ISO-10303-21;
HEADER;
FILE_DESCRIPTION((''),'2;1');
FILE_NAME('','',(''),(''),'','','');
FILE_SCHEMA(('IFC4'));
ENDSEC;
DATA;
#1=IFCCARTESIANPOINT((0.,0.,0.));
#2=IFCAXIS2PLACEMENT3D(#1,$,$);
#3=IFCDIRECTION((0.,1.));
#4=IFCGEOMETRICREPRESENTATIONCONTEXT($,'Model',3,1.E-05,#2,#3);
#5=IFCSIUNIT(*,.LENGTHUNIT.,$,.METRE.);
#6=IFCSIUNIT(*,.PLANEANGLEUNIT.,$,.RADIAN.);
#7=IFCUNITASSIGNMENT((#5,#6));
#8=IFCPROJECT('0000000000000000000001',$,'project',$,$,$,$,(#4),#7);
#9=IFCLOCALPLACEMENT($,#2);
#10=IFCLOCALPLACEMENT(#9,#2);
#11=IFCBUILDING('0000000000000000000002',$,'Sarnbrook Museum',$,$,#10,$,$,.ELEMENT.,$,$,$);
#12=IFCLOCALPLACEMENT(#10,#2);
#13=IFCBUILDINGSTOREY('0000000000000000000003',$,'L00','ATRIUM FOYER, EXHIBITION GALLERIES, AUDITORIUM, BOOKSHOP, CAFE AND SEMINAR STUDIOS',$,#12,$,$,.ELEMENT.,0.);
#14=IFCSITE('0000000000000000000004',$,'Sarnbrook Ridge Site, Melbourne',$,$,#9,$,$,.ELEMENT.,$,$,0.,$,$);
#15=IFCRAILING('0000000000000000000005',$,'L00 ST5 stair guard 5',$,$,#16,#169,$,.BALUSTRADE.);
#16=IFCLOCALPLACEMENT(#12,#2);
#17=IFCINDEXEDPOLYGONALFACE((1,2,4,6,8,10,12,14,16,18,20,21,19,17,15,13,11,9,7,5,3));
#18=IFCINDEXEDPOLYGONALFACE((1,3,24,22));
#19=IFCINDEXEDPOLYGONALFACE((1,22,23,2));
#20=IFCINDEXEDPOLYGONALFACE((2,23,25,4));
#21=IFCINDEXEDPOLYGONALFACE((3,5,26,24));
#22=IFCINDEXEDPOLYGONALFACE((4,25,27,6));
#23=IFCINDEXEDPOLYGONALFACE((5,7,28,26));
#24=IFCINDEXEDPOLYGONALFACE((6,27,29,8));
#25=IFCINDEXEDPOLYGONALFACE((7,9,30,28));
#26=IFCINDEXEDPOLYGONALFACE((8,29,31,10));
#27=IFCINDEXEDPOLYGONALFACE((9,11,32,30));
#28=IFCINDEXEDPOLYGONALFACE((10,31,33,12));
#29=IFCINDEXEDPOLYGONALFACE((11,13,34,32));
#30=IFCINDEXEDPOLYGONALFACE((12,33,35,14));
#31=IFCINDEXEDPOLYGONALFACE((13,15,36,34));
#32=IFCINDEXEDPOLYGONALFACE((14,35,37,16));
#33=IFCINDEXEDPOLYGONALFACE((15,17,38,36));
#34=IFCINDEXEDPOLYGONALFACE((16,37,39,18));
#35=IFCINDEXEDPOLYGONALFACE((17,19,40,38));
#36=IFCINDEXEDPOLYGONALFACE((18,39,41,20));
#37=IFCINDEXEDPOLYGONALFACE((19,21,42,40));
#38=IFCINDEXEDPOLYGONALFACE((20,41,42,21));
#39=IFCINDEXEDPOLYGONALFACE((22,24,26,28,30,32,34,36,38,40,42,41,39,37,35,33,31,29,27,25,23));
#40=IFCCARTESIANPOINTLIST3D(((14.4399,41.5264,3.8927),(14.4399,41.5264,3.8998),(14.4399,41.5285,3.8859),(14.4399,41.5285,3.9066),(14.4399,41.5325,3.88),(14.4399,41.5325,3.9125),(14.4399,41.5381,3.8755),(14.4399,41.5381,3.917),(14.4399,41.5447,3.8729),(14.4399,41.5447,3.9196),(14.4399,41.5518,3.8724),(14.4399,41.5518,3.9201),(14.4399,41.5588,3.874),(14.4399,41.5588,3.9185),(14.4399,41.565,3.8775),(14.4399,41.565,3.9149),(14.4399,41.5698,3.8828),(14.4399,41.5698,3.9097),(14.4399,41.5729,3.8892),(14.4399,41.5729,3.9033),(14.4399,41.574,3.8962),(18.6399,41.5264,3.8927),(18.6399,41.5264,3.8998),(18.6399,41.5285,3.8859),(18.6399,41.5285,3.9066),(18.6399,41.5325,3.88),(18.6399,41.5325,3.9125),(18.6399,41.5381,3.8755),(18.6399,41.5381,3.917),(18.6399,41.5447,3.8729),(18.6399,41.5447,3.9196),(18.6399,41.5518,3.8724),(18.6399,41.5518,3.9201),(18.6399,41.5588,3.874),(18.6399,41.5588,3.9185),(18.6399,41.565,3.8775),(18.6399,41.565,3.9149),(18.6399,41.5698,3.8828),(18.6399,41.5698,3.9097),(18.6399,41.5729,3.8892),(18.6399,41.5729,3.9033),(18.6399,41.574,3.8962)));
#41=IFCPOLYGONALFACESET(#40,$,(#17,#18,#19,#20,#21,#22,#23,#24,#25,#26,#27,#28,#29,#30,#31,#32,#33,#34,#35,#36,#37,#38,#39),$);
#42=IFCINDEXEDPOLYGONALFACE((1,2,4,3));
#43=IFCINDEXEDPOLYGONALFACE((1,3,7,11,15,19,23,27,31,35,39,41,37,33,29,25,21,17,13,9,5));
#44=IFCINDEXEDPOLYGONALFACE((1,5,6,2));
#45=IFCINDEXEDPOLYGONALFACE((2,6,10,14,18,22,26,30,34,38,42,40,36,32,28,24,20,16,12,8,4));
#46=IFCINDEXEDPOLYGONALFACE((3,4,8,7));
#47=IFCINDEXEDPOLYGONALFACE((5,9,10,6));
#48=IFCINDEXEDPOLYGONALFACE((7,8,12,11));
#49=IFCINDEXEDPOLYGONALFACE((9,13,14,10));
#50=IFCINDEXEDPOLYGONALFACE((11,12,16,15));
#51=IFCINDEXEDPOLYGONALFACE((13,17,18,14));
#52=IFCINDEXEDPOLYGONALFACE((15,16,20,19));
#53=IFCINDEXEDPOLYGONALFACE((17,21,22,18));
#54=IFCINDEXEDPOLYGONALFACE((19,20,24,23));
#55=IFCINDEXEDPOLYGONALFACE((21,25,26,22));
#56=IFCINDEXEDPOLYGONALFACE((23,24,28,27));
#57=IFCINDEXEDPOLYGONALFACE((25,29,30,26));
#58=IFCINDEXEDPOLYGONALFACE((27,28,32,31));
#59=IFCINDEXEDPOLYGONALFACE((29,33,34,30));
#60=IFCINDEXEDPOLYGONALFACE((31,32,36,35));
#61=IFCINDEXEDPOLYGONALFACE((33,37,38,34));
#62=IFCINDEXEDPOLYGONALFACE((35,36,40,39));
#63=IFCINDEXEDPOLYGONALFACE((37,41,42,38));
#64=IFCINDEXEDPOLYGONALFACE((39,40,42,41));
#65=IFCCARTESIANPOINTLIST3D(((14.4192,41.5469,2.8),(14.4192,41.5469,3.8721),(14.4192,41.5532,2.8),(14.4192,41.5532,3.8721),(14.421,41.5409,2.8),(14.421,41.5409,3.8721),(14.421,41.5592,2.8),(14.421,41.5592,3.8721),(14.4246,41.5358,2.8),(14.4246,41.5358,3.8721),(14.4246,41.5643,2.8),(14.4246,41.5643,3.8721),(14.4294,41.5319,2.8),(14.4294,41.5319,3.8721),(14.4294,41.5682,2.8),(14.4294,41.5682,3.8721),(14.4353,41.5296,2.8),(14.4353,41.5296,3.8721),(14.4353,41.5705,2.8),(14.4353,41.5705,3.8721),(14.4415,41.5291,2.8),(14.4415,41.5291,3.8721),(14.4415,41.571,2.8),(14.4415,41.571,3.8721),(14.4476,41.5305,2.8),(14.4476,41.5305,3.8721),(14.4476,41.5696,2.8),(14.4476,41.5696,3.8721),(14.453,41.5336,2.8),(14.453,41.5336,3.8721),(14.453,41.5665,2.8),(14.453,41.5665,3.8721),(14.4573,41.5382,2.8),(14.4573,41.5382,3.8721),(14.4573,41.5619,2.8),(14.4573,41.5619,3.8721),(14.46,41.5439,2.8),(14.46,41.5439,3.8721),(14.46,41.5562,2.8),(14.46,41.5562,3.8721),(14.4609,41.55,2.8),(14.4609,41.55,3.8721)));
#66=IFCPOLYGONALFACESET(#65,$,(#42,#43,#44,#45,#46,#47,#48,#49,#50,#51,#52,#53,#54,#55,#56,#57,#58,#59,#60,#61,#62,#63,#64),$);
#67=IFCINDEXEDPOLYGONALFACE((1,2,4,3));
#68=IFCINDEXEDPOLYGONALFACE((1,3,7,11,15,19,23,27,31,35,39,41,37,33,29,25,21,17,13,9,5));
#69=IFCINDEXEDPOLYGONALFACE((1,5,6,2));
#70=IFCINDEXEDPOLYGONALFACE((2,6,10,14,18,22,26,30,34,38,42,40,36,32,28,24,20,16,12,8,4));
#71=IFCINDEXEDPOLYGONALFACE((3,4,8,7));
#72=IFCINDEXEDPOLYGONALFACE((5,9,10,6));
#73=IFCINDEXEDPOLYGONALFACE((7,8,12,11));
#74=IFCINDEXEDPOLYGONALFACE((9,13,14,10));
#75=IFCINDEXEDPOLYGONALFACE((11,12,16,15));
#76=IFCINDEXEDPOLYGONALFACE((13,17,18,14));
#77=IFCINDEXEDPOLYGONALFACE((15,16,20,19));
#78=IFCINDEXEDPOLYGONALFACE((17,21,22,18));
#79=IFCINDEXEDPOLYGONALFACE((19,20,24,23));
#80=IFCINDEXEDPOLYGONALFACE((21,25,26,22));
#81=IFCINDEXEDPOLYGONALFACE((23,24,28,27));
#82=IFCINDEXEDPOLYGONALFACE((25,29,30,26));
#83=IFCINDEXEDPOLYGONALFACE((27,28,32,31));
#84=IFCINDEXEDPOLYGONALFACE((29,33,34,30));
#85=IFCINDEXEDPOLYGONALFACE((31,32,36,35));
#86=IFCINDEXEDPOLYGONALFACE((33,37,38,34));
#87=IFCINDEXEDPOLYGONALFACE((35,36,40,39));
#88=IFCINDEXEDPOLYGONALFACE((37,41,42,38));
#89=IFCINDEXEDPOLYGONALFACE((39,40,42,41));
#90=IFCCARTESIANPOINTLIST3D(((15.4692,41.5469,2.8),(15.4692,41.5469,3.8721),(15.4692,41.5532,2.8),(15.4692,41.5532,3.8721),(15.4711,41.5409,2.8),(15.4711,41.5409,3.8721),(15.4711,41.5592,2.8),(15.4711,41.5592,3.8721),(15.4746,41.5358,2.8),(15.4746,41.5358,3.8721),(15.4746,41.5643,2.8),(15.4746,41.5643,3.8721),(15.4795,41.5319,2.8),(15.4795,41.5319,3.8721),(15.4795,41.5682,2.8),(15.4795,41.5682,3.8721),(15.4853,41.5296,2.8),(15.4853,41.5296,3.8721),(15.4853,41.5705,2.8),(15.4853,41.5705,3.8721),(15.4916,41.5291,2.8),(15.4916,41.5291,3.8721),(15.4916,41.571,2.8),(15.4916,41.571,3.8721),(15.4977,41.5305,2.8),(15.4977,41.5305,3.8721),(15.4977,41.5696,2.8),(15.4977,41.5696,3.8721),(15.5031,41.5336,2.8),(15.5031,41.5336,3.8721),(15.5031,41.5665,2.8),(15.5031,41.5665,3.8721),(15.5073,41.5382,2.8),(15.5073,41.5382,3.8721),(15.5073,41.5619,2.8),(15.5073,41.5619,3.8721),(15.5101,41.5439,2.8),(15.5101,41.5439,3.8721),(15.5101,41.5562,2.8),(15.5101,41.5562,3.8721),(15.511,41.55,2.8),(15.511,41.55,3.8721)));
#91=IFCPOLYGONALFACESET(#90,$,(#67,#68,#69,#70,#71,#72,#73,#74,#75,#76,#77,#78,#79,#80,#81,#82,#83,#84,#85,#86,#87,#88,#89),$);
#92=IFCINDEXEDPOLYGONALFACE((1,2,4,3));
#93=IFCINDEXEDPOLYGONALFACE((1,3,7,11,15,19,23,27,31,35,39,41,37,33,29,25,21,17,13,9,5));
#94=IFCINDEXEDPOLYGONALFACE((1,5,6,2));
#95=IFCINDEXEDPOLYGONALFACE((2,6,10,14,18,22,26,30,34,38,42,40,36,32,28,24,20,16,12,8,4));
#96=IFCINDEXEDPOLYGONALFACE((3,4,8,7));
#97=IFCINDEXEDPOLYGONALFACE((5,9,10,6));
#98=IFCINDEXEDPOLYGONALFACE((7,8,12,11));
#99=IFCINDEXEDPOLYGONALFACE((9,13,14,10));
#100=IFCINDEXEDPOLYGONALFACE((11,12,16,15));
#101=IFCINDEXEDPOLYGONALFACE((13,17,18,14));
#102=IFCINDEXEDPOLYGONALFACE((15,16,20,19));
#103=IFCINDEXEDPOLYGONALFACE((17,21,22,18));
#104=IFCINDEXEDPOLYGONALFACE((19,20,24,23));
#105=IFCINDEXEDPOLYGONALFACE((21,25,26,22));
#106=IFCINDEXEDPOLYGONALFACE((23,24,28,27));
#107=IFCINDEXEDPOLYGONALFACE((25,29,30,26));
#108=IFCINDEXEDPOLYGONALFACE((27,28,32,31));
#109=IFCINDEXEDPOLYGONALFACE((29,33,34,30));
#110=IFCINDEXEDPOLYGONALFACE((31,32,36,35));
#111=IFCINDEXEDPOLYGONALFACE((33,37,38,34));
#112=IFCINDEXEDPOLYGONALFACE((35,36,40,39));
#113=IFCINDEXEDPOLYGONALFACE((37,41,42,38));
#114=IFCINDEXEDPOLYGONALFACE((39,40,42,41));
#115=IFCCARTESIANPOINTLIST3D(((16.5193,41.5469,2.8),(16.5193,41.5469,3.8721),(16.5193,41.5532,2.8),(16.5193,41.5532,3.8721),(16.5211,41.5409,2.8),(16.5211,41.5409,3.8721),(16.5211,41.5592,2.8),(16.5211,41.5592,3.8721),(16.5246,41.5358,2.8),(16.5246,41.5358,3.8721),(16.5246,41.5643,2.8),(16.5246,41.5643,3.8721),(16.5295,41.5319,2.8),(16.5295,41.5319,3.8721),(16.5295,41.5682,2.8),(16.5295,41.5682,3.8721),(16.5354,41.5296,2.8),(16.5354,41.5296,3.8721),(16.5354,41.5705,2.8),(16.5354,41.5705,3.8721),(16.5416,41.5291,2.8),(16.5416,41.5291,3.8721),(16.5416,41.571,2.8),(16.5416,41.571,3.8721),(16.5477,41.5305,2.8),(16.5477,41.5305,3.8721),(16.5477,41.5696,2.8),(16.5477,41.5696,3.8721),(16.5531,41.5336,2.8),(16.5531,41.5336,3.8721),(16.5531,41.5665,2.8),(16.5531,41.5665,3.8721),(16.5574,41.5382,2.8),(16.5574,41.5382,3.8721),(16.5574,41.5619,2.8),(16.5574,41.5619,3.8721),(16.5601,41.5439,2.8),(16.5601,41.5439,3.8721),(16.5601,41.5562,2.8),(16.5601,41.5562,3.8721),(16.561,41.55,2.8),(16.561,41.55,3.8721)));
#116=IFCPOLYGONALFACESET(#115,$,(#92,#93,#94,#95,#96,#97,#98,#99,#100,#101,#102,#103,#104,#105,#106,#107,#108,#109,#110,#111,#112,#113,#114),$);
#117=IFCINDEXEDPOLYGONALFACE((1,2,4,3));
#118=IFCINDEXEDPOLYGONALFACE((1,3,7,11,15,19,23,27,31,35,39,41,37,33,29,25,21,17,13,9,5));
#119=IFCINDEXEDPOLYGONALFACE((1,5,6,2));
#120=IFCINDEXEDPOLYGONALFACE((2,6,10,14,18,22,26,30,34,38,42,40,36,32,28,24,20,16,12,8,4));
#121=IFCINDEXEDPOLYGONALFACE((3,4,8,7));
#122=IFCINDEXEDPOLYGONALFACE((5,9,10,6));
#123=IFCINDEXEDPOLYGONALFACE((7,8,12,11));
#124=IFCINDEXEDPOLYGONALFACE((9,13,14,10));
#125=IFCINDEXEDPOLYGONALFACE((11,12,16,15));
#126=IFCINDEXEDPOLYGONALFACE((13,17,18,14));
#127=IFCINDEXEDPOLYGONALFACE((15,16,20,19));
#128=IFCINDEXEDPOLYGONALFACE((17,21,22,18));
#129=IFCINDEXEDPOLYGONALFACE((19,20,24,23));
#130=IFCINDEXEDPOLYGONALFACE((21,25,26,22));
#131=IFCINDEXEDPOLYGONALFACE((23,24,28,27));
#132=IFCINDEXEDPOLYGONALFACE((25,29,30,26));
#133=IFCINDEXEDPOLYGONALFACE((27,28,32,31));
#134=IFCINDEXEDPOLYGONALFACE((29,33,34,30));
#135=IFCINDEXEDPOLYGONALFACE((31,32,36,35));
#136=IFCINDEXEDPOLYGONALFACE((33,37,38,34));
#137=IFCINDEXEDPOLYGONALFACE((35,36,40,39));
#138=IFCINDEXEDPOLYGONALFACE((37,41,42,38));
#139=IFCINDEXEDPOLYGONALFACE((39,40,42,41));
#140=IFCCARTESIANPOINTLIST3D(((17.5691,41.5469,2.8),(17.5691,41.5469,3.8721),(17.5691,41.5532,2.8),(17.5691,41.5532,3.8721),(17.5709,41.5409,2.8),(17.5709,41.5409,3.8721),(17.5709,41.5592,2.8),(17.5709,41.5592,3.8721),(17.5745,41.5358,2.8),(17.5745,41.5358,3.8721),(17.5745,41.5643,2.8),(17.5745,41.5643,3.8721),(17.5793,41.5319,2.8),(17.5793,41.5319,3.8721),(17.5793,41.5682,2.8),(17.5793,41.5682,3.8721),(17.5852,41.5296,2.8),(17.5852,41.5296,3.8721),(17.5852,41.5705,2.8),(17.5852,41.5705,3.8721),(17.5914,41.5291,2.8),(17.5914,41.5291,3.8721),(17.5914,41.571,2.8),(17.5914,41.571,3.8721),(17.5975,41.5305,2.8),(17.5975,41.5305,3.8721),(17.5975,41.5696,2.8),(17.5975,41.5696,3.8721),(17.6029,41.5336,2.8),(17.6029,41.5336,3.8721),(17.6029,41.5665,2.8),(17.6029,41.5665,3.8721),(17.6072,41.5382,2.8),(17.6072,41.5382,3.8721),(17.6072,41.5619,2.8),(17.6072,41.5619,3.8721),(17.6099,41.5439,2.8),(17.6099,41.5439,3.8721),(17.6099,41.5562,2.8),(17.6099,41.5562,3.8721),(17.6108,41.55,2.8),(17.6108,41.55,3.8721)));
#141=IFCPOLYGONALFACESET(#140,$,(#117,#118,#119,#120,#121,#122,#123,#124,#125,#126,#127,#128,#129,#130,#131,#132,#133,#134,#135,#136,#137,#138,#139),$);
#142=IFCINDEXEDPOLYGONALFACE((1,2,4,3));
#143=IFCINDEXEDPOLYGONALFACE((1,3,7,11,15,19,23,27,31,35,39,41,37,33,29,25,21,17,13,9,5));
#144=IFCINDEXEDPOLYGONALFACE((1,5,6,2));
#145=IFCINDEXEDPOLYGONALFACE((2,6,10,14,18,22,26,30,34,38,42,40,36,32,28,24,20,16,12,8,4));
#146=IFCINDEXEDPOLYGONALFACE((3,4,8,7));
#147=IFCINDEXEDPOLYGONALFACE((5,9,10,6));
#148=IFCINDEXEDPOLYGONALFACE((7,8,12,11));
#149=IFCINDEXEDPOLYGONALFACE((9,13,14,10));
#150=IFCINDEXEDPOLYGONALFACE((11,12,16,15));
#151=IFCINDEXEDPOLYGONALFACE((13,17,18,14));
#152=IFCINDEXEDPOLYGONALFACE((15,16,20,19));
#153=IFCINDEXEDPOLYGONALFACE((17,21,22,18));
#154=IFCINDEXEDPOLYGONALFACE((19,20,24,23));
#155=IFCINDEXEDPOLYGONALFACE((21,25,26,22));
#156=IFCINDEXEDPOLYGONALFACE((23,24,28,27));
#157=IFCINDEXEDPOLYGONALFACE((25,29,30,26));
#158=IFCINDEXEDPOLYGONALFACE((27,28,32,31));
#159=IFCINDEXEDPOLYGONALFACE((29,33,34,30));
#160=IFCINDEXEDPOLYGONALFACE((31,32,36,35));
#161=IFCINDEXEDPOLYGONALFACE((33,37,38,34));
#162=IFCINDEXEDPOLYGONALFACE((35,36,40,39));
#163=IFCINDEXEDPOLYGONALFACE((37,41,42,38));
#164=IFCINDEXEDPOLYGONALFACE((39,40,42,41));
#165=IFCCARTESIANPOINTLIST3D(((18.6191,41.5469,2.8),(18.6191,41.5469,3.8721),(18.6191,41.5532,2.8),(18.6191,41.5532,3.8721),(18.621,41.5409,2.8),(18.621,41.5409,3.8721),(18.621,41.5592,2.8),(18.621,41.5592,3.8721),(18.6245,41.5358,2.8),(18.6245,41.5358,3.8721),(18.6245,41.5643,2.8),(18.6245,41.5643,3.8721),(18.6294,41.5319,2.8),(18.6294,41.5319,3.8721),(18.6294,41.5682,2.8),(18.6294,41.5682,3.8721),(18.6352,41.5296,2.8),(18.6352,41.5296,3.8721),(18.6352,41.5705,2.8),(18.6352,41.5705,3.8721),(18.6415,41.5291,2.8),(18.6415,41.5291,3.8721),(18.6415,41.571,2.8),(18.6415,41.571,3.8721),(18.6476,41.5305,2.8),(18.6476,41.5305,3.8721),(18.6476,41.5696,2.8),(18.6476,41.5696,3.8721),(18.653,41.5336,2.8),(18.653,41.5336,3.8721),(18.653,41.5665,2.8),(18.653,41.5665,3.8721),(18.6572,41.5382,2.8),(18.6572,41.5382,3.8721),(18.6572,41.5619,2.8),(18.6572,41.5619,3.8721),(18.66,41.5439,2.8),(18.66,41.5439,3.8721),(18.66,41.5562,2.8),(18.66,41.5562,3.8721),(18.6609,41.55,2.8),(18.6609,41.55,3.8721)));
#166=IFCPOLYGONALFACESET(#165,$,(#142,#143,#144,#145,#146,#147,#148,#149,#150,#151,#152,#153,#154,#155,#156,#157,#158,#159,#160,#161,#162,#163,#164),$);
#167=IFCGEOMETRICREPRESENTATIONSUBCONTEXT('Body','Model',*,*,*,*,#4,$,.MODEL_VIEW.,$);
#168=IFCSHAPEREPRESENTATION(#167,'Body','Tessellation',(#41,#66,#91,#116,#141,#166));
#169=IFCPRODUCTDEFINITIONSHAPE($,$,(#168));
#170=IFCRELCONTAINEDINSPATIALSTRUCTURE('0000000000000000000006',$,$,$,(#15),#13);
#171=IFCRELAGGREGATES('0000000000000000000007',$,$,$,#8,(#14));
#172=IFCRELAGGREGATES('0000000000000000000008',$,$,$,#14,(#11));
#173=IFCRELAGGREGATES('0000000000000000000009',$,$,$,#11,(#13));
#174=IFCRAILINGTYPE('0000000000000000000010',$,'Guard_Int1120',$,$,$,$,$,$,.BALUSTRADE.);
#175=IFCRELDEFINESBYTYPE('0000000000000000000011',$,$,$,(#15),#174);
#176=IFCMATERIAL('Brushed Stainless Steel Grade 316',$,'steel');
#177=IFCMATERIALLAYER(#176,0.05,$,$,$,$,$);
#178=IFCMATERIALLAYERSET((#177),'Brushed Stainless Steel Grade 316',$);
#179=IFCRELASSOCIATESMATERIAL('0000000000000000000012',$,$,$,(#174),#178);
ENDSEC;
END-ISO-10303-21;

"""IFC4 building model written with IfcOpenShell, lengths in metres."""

from ifc_helpers import new_model, si_unit, direction, frame, origin, origin_2d, place, context, subcontext, project, spatial, circle, extrude, material, layer, layer_set, type_object, element, save


model = new_model("IFC4")

# Units and contexts
model_context = context("Model", 3, precision=1e-05, world=origin(), true_north=direction((0.0, 1.0)))
body_context = subcontext(model_context, "Body", "Model", "MODEL_VIEW")
ifc_project = project(units=[si_unit("LENGTHUNIT", "METRE"), si_unit("PLANEANGLEUNIT", "RADIAN")], contexts=[model_context])

# Site, building, storey
site_placement = place(None, origin())
site = spatial("IfcSite", under=ifc_project, at=site_placement, Name="Sarnbrook Ridge Site, Melbourne", CompositionType="ELEMENT", RefElevation=0.0)
building_placement = place(site_placement, origin())
building = spatial("IfcBuilding", under=site, at=building_placement, Name="Sarnbrook Museum", CompositionType="ELEMENT")
storey_placement = place(building_placement, origin())
storey = spatial("IfcBuildingStorey", under=building, at=storey_placement, Name="L00", Description="ATRIUM FOYER, EXHIBITION GALLERIES, AUDITORIUM, BOOKSHOP, CAFE AND SEMINAR STUDIOS", CompositionType="ELEMENT", Elevation=0.0)

# Railing
ifc_material_1 = material(Name="Brushed Stainless Steel Grade 316", Category="steel")
ifc_layer_1 = layer(ifc_material_1, 0.05)
ifc_layer_set_1 = layer_set([ifc_layer_1], Name="Brushed Stainless Steel Grade 316")
railing_type_1 = type_object("IfcRailingType", Name="Guard_Int1120", PredefinedType="BALUSTRADE", material=ifc_layer_set_1)
railing_1_placement = place(storey_placement, frame((14.4399, 41.55, 2.8)))
element("IfcRailing", 1, at=railing_1_placement, inside=storey, type_object=railing_type_1, Name="L00 ST5 stair guard 5", PredefinedType="BALUSTRADE", context=body_context, shape_type="SweptSolid", body=[
    extrude(circle(Radius=0.0239, at=origin_2d()), frame((0.0, 0.0, 1.0962), z_axis=(1.0, 0.0, 0.0), x_axis=(0.0, 1.0, 0.0)), (0.0, 0.0, 1.0), 4.2),
    extrude(circle(Radius=0.021, at=origin_2d()), origin(), (0.0, 0.0, 1.0), 1.072),
    extrude(circle(Radius=0.021, at=origin_2d()), frame((1.05, 0.0, 0.0)), (0.0, 0.0, 1.0), 1.072),
    extrude(circle(Radius=0.021, at=origin_2d()), frame((2.1001, 0.0, 0.0)), (0.0, 0.0, 1.0), 1.072),
    extrude(circle(Radius=0.021, at=origin_2d()), frame((3.1499, 0.0, 0.0)), (0.0, 0.0, 1.0), 1.072),
    extrude(circle(Radius=0.021, at=origin_2d()), frame((4.2, 0.0, 0.0)), (0.0, 0.0, 1.0), 1.072),
])

save(model, "model.ifc")
